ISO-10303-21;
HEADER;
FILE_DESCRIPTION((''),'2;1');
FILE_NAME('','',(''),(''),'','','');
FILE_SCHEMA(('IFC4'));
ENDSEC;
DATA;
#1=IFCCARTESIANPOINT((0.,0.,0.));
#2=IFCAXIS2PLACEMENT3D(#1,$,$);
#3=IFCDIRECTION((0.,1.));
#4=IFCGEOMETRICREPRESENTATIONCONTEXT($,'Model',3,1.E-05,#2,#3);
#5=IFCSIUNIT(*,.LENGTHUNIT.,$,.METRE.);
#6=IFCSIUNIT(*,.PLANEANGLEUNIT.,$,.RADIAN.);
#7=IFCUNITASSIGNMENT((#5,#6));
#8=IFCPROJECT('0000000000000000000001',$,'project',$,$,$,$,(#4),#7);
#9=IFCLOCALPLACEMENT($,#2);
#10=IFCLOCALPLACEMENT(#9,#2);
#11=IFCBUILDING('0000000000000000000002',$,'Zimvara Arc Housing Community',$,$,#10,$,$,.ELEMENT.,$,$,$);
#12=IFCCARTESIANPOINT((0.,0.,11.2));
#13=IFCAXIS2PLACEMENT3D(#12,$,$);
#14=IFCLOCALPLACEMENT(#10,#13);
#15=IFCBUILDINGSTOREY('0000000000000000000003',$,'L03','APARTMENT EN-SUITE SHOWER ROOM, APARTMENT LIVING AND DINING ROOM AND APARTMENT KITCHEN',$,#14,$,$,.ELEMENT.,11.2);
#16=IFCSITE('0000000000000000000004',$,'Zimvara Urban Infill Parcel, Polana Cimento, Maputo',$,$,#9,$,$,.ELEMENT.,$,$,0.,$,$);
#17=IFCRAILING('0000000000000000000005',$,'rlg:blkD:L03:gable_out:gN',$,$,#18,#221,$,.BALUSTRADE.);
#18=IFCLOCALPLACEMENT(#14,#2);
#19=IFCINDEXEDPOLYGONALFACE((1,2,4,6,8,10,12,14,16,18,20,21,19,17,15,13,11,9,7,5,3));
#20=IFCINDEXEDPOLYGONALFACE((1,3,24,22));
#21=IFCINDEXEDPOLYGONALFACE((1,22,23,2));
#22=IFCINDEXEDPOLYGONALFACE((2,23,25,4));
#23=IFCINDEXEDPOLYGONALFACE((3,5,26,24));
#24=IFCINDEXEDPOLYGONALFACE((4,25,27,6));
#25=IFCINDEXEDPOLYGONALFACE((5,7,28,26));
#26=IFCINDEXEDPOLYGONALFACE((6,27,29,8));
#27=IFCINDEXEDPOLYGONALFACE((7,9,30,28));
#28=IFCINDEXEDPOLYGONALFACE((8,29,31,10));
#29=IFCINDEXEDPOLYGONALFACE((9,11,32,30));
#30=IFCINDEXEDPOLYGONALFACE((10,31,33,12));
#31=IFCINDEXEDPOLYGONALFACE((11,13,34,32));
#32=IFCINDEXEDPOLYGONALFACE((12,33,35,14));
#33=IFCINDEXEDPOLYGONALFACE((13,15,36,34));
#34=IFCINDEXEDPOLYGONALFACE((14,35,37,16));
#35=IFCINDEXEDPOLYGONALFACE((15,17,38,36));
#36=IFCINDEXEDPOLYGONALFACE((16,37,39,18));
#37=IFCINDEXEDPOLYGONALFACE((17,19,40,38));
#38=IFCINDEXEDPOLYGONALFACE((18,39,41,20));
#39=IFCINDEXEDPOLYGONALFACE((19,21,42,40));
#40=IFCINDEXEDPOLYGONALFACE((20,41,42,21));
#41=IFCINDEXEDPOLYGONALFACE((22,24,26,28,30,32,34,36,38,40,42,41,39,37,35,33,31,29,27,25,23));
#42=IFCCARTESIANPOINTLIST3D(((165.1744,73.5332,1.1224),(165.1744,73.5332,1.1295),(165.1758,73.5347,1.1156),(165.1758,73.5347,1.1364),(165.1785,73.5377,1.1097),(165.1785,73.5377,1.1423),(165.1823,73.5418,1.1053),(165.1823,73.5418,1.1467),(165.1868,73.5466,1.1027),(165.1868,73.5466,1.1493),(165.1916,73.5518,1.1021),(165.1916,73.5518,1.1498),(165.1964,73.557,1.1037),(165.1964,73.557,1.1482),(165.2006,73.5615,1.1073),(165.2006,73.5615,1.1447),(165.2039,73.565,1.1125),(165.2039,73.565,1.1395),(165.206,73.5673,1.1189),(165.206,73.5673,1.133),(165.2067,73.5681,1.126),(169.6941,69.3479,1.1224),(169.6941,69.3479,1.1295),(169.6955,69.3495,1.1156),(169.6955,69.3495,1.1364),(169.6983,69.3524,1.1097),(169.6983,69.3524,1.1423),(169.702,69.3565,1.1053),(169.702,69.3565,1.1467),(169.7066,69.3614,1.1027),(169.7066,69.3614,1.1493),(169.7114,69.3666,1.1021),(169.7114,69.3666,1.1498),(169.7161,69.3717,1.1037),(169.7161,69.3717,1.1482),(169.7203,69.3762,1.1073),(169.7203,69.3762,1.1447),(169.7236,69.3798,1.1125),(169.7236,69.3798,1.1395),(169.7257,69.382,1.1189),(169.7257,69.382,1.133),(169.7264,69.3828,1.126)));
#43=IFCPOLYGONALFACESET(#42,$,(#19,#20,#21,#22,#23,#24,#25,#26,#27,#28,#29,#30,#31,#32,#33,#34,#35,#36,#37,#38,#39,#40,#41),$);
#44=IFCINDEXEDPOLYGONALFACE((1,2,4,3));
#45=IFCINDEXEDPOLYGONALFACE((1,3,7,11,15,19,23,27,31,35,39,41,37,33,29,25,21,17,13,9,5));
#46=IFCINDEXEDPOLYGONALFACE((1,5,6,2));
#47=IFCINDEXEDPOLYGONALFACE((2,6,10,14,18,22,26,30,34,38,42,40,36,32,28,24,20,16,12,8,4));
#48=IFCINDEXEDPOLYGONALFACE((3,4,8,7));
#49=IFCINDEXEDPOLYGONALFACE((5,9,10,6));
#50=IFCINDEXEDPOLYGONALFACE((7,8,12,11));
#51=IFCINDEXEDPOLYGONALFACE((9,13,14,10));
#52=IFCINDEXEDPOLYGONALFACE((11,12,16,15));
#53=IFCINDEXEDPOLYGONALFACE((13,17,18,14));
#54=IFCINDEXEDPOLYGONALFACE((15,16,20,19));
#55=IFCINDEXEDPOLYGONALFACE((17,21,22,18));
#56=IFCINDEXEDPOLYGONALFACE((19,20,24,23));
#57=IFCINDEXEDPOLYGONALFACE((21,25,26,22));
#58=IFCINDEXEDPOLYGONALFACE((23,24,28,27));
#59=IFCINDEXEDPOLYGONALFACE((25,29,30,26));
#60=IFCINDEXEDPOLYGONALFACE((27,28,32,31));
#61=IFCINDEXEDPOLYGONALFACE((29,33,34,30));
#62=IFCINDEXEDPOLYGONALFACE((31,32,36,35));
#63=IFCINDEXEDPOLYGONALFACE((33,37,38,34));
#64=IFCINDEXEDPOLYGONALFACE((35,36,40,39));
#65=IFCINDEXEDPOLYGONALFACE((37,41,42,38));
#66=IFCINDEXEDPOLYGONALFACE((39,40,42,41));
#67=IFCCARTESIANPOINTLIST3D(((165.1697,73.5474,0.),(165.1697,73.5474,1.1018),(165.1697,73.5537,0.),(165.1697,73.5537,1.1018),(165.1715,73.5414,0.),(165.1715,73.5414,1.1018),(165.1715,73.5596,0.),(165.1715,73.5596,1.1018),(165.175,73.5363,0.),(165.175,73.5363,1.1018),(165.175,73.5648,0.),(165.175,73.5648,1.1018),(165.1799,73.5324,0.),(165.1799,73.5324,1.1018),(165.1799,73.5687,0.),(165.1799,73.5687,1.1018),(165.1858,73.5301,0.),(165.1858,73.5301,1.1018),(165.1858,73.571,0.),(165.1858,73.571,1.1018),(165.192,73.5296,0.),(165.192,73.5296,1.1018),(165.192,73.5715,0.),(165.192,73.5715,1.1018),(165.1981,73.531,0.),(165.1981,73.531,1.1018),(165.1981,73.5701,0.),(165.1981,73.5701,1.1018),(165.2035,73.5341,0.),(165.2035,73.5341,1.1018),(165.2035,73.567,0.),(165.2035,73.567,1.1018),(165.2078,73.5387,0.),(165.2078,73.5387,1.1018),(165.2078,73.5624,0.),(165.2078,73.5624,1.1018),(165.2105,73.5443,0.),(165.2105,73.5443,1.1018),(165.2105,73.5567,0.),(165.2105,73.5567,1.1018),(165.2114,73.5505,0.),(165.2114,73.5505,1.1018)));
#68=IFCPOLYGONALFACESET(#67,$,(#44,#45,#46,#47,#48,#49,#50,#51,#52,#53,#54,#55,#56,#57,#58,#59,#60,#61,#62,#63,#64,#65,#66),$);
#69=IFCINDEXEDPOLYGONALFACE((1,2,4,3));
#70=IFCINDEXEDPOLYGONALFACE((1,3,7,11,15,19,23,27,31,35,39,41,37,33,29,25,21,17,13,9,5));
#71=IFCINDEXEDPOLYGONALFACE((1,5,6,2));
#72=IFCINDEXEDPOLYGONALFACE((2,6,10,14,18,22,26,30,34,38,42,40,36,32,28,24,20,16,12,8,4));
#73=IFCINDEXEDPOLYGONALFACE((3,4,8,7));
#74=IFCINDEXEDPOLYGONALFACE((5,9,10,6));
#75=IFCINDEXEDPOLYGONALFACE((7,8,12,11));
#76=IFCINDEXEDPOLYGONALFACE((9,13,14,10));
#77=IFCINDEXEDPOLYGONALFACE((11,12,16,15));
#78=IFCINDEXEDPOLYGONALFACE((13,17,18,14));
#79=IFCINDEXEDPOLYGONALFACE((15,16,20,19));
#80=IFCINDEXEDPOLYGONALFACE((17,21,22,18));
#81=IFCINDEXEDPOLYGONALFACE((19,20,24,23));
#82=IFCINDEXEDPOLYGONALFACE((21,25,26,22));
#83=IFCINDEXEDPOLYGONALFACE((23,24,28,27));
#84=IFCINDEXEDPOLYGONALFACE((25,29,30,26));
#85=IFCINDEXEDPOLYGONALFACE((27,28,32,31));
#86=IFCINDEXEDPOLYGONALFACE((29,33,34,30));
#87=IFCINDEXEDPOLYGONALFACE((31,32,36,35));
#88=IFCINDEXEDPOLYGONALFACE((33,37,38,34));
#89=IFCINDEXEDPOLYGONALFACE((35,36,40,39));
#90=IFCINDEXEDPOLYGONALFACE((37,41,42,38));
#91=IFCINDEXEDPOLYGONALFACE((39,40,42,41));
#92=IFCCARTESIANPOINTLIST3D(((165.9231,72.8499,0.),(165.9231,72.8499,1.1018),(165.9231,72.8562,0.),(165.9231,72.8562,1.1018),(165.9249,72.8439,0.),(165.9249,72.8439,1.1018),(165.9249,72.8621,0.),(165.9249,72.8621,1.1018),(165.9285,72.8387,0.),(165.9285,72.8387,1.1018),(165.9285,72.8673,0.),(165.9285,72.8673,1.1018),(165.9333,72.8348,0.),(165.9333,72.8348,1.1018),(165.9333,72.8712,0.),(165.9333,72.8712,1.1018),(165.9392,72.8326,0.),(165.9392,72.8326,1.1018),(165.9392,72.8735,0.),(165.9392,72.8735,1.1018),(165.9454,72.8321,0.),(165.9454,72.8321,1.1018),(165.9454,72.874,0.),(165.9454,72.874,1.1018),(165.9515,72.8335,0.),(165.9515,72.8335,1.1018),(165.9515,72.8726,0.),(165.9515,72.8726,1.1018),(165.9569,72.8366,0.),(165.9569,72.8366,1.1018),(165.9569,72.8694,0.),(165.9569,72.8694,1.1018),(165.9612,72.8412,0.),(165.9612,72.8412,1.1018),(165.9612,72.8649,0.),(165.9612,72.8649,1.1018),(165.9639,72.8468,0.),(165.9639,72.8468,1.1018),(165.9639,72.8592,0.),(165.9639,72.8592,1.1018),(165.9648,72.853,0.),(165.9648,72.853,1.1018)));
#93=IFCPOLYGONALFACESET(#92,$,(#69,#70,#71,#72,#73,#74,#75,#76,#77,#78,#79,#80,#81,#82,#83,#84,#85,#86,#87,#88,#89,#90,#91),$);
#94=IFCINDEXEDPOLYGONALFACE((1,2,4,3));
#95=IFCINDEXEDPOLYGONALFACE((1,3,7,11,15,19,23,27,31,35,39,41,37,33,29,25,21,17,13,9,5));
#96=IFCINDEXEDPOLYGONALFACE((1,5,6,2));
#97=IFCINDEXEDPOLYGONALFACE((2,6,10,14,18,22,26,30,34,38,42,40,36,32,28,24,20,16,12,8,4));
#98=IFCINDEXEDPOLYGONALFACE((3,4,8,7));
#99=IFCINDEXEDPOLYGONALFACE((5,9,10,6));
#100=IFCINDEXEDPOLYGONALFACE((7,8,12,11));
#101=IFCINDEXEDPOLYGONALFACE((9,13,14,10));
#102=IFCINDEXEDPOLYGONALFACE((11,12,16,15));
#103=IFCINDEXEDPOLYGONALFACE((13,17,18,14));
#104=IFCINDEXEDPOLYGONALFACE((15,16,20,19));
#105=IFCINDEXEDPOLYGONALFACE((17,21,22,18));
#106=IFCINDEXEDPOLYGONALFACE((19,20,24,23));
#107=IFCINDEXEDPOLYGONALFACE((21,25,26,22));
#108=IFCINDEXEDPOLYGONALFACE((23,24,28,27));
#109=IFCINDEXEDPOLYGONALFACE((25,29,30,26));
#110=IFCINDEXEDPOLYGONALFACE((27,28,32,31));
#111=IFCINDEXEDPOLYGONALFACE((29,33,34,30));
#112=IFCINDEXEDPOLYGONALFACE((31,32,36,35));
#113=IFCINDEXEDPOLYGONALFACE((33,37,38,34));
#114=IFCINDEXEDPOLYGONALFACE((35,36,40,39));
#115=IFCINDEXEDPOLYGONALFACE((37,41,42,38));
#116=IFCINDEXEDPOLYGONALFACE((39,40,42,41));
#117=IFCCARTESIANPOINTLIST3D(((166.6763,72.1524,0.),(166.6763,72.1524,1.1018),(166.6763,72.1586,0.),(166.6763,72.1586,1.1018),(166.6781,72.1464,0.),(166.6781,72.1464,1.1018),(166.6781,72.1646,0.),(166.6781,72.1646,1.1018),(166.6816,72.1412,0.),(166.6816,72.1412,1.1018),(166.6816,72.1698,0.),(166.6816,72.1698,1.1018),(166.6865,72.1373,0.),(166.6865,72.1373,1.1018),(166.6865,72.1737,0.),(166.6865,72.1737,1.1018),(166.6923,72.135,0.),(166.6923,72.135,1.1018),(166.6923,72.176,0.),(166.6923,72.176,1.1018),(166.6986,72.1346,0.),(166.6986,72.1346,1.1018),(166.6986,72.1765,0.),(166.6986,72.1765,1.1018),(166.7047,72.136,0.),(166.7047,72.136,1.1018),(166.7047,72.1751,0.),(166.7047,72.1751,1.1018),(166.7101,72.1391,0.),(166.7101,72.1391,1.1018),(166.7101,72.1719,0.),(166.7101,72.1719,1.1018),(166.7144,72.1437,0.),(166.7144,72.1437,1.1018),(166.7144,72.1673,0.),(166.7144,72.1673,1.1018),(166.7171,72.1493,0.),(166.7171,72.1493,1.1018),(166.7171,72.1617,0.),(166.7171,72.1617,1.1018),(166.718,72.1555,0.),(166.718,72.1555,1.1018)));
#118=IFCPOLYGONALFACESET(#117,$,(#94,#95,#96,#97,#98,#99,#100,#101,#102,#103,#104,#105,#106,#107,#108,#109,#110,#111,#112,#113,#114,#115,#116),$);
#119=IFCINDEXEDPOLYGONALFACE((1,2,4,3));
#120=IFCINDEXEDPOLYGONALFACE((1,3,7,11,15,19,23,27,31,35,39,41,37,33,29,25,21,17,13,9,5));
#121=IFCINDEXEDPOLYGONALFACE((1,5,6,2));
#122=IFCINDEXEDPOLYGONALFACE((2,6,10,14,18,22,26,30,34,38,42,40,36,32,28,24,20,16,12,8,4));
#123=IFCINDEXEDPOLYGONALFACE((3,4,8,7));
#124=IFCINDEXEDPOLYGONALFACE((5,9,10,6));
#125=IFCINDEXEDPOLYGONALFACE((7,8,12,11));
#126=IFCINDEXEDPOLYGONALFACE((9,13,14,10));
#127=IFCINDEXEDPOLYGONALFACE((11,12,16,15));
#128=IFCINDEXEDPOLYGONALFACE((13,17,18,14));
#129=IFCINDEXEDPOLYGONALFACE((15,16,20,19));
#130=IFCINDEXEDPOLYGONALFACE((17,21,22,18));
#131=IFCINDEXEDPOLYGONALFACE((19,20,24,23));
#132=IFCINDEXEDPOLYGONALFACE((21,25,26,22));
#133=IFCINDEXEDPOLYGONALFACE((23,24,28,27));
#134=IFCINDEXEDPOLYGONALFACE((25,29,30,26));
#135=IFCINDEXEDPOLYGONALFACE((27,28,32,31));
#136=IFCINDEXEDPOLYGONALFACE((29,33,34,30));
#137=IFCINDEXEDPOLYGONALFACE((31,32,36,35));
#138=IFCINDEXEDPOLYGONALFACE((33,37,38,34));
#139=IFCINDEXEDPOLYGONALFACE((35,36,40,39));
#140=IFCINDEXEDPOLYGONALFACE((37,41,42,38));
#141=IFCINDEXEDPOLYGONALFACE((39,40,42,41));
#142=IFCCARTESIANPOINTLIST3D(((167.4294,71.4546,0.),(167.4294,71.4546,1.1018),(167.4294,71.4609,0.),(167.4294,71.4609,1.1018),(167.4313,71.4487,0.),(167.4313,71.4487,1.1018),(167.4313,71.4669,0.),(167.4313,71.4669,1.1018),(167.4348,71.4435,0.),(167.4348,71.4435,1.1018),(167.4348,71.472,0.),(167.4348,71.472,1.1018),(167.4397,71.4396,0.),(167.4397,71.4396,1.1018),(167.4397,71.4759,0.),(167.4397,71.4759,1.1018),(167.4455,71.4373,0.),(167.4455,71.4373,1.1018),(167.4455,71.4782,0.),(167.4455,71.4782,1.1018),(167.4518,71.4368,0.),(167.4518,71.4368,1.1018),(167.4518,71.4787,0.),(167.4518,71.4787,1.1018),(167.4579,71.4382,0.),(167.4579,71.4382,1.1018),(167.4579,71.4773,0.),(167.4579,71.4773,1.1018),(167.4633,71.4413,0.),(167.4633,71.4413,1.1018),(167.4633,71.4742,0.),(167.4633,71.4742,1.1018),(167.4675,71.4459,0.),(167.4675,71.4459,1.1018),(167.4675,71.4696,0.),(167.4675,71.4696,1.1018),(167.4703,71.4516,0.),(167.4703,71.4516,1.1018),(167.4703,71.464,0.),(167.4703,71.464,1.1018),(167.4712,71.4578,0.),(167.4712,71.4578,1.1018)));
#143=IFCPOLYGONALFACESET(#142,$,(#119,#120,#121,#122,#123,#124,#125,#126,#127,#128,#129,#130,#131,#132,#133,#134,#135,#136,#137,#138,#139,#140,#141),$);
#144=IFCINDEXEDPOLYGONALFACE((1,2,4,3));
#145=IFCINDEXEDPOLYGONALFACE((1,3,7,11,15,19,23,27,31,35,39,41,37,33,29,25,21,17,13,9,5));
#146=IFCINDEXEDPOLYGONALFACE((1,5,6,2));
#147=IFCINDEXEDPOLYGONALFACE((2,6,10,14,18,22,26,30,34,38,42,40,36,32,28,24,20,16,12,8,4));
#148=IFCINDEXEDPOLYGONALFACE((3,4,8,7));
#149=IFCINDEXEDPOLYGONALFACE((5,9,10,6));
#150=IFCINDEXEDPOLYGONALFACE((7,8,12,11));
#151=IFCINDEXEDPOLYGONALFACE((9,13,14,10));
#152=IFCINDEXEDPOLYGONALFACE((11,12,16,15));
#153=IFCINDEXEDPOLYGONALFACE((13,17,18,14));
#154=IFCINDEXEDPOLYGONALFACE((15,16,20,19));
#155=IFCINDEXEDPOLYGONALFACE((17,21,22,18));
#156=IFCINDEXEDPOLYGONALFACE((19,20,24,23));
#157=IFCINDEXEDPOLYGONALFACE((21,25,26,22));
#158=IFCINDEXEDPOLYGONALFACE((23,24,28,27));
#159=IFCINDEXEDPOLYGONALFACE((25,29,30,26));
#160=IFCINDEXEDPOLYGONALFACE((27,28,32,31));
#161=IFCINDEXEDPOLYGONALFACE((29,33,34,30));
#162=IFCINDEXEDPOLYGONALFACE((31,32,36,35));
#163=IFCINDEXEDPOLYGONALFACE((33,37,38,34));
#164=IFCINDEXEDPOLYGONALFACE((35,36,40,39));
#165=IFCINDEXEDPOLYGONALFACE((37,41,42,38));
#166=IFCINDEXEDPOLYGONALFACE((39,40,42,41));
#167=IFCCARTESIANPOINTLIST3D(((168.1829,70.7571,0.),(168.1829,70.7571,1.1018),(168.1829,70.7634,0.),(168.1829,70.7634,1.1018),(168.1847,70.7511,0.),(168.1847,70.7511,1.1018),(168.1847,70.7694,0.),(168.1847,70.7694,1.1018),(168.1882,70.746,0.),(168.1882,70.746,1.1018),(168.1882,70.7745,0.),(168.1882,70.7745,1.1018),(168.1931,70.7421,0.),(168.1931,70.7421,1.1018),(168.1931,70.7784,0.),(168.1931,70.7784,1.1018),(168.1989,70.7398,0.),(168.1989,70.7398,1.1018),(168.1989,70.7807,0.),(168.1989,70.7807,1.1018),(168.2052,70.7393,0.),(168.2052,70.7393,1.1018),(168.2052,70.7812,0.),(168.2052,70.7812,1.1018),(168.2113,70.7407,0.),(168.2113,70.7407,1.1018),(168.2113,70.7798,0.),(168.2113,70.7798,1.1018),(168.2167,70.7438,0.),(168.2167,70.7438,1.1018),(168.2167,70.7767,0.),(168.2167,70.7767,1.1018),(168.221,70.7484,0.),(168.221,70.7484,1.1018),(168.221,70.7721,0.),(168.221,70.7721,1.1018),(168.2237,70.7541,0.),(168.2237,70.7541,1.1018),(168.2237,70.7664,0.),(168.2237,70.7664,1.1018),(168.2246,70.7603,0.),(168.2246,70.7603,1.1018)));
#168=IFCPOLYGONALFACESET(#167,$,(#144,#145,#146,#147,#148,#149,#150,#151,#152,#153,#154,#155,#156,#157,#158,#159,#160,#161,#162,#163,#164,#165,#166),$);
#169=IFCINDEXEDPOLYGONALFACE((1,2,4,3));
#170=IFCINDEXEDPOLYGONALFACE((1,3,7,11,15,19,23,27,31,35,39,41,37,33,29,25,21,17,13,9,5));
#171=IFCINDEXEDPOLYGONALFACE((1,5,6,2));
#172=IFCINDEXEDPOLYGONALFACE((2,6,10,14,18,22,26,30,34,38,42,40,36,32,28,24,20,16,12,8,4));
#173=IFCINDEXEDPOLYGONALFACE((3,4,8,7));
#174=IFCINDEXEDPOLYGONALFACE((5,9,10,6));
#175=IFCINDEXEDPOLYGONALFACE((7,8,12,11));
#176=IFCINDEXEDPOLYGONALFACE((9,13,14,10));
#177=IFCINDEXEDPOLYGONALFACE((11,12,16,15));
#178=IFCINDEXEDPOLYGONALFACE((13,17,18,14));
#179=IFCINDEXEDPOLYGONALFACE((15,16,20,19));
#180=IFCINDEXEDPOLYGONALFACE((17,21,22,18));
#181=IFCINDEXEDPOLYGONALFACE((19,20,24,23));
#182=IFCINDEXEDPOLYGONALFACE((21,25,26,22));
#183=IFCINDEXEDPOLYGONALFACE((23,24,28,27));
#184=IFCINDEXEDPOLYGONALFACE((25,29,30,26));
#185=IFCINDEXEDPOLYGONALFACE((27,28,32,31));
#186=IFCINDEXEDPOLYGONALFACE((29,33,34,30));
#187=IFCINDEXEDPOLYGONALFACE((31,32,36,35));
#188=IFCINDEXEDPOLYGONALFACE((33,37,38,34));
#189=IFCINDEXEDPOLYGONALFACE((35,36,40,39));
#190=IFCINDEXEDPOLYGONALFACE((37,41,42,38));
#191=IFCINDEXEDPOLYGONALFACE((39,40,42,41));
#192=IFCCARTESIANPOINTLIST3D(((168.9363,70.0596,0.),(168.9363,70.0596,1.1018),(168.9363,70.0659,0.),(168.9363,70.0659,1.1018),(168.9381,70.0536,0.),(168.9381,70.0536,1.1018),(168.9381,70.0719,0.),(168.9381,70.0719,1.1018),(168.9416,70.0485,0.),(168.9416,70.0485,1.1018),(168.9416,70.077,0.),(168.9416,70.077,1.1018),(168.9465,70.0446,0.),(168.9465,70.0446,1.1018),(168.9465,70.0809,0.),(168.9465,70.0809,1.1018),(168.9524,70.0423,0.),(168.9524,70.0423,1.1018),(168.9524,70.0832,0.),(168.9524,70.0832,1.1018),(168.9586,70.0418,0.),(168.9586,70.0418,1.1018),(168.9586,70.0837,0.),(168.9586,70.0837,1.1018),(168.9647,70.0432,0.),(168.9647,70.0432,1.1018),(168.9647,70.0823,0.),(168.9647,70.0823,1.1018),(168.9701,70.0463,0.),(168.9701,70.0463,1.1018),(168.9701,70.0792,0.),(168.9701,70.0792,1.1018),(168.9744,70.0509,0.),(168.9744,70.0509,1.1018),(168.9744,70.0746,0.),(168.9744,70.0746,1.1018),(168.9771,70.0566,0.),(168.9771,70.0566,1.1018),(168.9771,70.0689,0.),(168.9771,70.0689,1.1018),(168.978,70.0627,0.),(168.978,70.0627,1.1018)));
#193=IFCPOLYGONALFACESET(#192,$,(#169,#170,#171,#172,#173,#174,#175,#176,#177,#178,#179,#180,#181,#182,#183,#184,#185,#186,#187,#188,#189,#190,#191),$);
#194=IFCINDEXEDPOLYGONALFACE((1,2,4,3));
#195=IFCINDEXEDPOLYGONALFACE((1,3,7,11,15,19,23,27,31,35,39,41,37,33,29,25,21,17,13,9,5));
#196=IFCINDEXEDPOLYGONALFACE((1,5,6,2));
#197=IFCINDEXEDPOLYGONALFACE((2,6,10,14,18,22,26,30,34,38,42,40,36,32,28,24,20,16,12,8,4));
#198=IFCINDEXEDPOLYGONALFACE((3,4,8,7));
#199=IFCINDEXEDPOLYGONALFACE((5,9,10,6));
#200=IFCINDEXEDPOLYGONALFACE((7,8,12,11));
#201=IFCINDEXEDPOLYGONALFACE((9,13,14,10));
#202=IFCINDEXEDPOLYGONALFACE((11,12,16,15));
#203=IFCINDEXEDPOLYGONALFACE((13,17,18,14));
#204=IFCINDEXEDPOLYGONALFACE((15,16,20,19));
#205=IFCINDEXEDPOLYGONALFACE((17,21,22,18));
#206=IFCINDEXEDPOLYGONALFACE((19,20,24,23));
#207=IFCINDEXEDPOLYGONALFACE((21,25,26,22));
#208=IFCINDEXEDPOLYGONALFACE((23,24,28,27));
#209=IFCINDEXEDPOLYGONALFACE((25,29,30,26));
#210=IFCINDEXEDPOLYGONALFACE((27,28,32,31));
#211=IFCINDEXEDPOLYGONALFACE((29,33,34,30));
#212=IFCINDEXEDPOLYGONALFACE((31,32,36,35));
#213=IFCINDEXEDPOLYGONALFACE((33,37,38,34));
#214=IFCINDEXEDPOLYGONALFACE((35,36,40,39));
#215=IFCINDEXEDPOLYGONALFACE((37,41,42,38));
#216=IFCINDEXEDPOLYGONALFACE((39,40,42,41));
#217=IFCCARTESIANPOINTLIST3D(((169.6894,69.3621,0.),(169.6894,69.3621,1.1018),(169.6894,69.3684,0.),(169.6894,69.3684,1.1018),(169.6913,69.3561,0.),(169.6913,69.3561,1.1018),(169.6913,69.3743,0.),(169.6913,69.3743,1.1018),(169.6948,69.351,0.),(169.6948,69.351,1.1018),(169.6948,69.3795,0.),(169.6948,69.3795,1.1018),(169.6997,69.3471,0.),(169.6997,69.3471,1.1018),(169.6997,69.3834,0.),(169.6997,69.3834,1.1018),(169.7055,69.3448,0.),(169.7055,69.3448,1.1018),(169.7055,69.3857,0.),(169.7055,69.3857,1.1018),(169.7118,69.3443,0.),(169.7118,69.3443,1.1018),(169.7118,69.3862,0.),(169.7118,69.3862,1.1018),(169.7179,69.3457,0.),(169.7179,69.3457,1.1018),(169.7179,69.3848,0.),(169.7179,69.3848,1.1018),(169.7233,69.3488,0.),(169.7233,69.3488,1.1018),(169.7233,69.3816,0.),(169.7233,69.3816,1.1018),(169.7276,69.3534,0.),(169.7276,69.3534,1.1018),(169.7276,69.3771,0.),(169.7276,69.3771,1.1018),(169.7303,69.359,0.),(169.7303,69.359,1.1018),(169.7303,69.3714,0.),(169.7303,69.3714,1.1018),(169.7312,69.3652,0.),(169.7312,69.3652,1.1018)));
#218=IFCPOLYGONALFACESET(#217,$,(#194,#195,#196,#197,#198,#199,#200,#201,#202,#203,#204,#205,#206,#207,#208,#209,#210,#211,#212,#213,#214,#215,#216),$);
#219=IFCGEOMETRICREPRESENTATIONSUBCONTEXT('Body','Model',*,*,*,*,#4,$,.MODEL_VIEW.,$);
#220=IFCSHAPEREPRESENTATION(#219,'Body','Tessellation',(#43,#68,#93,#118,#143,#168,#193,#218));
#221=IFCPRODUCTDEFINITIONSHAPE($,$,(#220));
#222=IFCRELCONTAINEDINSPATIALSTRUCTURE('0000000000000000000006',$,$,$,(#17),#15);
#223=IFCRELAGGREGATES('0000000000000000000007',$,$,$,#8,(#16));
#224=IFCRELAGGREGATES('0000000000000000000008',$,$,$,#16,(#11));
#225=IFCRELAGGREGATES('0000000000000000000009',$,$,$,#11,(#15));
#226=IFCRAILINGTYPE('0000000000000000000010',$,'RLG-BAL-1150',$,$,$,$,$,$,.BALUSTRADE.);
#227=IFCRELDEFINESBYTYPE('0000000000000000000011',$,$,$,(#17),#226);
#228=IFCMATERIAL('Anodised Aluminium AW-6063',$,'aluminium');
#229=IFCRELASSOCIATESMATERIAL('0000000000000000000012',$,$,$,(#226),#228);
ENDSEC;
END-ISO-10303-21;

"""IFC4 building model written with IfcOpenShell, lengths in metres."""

from ifc_helpers import new_model, si_unit, direction, frame, origin, origin_2d, place, context, subcontext, project, spatial, circle, extrude, material, type_object, element, save


model = new_model("IFC4")

# Units and contexts
model_context = context("Model", 3, precision=1e-05, world=origin(), true_north=direction((0.0, 1.0)))
body_context = subcontext(model_context, "Body", "Model", "MODEL_VIEW")
ifc_project = project(units=[si_unit("LENGTHUNIT", "METRE"), si_unit("PLANEANGLEUNIT", "RADIAN")], contexts=[model_context])

# Site, building, storey
site_placement = place(None, origin())
site = spatial("IfcSite", under=ifc_project, at=site_placement, Name="Zimvara Urban Infill Parcel, Polana Cimento, Maputo", CompositionType="ELEMENT", RefElevation=0.0)
building_placement = place(site_placement, origin())
building = spatial("IfcBuilding", under=site, at=building_placement, Name="Zimvara Arc Housing Community", CompositionType="ELEMENT")
storey_placement = place(building_placement, frame((0.0, 0.0, 11.2)))
storey = spatial("IfcBuildingStorey", under=building, at=storey_placement, Name="L03", Description="APARTMENT EN-SUITE SHOWER ROOM, APARTMENT LIVING AND DINING ROOM AND APARTMENT KITCHEN", CompositionType="ELEMENT", Elevation=11.2)

# Railing
ifc_material_1 = material(Name="Anodised Aluminium AW-6063", Category="aluminium")
railing_type = type_object("IfcRailingType", Name="RLG-BAL-1150", PredefinedType="BALUSTRADE", material=ifc_material_1)
railing_placement = place(storey_placement, frame((165.1904, 73.5505, 0.0)))
element("IfcRailing", 1, at=railing_placement, inside=storey, type_object=railing_type, Name="rlg:blkD:L03:gable_out:gN", PredefinedType="BALUSTRADE", context=body_context, shape_type="SweptSolid", body=[
    extrude(circle(Radius=0.0239, at=origin_2d()), frame((0.0, 0.0, 1.126), z_axis=(0.733734, -0.679436, 0.0), x_axis=(0.679436, 0.733734, 0.0)), (0.0, 0.0, 1.0), 6.1599),
    extrude(circle(Radius=0.021, at=origin_2d()), origin(), (0.0, 0.0, 1.0), 1.1018),
    extrude(circle(Radius=0.021, at=origin_2d()), frame((0.7534, -0.6975, 0.0)), (0.0, 0.0, 1.0), 1.1018),
    extrude(circle(Radius=0.021, at=origin_2d()), frame((1.5066, -1.395, 0.0)), (0.0, 0.0, 1.0), 1.1018),
    extrude(circle(Radius=0.021, at=origin_2d()), frame((2.2598, -2.0928, 0.0)), (0.0, 0.0, 1.0), 1.1018),
    extrude(circle(Radius=0.021, at=origin_2d()), frame((3.0132, -2.7903, 0.0)), (0.0, 0.0, 1.0), 1.1018),
    extrude(circle(Radius=0.021, at=origin_2d()), frame((3.7666, -3.4878, 0.0)), (0.0, 0.0, 1.0), 1.1018),
    extrude(circle(Radius=0.021, at=origin_2d()), frame((4.5198, -4.1853, 0.0)), (0.0, 0.0, 1.0), 1.1018),
])

save(model, "model.ifc")
